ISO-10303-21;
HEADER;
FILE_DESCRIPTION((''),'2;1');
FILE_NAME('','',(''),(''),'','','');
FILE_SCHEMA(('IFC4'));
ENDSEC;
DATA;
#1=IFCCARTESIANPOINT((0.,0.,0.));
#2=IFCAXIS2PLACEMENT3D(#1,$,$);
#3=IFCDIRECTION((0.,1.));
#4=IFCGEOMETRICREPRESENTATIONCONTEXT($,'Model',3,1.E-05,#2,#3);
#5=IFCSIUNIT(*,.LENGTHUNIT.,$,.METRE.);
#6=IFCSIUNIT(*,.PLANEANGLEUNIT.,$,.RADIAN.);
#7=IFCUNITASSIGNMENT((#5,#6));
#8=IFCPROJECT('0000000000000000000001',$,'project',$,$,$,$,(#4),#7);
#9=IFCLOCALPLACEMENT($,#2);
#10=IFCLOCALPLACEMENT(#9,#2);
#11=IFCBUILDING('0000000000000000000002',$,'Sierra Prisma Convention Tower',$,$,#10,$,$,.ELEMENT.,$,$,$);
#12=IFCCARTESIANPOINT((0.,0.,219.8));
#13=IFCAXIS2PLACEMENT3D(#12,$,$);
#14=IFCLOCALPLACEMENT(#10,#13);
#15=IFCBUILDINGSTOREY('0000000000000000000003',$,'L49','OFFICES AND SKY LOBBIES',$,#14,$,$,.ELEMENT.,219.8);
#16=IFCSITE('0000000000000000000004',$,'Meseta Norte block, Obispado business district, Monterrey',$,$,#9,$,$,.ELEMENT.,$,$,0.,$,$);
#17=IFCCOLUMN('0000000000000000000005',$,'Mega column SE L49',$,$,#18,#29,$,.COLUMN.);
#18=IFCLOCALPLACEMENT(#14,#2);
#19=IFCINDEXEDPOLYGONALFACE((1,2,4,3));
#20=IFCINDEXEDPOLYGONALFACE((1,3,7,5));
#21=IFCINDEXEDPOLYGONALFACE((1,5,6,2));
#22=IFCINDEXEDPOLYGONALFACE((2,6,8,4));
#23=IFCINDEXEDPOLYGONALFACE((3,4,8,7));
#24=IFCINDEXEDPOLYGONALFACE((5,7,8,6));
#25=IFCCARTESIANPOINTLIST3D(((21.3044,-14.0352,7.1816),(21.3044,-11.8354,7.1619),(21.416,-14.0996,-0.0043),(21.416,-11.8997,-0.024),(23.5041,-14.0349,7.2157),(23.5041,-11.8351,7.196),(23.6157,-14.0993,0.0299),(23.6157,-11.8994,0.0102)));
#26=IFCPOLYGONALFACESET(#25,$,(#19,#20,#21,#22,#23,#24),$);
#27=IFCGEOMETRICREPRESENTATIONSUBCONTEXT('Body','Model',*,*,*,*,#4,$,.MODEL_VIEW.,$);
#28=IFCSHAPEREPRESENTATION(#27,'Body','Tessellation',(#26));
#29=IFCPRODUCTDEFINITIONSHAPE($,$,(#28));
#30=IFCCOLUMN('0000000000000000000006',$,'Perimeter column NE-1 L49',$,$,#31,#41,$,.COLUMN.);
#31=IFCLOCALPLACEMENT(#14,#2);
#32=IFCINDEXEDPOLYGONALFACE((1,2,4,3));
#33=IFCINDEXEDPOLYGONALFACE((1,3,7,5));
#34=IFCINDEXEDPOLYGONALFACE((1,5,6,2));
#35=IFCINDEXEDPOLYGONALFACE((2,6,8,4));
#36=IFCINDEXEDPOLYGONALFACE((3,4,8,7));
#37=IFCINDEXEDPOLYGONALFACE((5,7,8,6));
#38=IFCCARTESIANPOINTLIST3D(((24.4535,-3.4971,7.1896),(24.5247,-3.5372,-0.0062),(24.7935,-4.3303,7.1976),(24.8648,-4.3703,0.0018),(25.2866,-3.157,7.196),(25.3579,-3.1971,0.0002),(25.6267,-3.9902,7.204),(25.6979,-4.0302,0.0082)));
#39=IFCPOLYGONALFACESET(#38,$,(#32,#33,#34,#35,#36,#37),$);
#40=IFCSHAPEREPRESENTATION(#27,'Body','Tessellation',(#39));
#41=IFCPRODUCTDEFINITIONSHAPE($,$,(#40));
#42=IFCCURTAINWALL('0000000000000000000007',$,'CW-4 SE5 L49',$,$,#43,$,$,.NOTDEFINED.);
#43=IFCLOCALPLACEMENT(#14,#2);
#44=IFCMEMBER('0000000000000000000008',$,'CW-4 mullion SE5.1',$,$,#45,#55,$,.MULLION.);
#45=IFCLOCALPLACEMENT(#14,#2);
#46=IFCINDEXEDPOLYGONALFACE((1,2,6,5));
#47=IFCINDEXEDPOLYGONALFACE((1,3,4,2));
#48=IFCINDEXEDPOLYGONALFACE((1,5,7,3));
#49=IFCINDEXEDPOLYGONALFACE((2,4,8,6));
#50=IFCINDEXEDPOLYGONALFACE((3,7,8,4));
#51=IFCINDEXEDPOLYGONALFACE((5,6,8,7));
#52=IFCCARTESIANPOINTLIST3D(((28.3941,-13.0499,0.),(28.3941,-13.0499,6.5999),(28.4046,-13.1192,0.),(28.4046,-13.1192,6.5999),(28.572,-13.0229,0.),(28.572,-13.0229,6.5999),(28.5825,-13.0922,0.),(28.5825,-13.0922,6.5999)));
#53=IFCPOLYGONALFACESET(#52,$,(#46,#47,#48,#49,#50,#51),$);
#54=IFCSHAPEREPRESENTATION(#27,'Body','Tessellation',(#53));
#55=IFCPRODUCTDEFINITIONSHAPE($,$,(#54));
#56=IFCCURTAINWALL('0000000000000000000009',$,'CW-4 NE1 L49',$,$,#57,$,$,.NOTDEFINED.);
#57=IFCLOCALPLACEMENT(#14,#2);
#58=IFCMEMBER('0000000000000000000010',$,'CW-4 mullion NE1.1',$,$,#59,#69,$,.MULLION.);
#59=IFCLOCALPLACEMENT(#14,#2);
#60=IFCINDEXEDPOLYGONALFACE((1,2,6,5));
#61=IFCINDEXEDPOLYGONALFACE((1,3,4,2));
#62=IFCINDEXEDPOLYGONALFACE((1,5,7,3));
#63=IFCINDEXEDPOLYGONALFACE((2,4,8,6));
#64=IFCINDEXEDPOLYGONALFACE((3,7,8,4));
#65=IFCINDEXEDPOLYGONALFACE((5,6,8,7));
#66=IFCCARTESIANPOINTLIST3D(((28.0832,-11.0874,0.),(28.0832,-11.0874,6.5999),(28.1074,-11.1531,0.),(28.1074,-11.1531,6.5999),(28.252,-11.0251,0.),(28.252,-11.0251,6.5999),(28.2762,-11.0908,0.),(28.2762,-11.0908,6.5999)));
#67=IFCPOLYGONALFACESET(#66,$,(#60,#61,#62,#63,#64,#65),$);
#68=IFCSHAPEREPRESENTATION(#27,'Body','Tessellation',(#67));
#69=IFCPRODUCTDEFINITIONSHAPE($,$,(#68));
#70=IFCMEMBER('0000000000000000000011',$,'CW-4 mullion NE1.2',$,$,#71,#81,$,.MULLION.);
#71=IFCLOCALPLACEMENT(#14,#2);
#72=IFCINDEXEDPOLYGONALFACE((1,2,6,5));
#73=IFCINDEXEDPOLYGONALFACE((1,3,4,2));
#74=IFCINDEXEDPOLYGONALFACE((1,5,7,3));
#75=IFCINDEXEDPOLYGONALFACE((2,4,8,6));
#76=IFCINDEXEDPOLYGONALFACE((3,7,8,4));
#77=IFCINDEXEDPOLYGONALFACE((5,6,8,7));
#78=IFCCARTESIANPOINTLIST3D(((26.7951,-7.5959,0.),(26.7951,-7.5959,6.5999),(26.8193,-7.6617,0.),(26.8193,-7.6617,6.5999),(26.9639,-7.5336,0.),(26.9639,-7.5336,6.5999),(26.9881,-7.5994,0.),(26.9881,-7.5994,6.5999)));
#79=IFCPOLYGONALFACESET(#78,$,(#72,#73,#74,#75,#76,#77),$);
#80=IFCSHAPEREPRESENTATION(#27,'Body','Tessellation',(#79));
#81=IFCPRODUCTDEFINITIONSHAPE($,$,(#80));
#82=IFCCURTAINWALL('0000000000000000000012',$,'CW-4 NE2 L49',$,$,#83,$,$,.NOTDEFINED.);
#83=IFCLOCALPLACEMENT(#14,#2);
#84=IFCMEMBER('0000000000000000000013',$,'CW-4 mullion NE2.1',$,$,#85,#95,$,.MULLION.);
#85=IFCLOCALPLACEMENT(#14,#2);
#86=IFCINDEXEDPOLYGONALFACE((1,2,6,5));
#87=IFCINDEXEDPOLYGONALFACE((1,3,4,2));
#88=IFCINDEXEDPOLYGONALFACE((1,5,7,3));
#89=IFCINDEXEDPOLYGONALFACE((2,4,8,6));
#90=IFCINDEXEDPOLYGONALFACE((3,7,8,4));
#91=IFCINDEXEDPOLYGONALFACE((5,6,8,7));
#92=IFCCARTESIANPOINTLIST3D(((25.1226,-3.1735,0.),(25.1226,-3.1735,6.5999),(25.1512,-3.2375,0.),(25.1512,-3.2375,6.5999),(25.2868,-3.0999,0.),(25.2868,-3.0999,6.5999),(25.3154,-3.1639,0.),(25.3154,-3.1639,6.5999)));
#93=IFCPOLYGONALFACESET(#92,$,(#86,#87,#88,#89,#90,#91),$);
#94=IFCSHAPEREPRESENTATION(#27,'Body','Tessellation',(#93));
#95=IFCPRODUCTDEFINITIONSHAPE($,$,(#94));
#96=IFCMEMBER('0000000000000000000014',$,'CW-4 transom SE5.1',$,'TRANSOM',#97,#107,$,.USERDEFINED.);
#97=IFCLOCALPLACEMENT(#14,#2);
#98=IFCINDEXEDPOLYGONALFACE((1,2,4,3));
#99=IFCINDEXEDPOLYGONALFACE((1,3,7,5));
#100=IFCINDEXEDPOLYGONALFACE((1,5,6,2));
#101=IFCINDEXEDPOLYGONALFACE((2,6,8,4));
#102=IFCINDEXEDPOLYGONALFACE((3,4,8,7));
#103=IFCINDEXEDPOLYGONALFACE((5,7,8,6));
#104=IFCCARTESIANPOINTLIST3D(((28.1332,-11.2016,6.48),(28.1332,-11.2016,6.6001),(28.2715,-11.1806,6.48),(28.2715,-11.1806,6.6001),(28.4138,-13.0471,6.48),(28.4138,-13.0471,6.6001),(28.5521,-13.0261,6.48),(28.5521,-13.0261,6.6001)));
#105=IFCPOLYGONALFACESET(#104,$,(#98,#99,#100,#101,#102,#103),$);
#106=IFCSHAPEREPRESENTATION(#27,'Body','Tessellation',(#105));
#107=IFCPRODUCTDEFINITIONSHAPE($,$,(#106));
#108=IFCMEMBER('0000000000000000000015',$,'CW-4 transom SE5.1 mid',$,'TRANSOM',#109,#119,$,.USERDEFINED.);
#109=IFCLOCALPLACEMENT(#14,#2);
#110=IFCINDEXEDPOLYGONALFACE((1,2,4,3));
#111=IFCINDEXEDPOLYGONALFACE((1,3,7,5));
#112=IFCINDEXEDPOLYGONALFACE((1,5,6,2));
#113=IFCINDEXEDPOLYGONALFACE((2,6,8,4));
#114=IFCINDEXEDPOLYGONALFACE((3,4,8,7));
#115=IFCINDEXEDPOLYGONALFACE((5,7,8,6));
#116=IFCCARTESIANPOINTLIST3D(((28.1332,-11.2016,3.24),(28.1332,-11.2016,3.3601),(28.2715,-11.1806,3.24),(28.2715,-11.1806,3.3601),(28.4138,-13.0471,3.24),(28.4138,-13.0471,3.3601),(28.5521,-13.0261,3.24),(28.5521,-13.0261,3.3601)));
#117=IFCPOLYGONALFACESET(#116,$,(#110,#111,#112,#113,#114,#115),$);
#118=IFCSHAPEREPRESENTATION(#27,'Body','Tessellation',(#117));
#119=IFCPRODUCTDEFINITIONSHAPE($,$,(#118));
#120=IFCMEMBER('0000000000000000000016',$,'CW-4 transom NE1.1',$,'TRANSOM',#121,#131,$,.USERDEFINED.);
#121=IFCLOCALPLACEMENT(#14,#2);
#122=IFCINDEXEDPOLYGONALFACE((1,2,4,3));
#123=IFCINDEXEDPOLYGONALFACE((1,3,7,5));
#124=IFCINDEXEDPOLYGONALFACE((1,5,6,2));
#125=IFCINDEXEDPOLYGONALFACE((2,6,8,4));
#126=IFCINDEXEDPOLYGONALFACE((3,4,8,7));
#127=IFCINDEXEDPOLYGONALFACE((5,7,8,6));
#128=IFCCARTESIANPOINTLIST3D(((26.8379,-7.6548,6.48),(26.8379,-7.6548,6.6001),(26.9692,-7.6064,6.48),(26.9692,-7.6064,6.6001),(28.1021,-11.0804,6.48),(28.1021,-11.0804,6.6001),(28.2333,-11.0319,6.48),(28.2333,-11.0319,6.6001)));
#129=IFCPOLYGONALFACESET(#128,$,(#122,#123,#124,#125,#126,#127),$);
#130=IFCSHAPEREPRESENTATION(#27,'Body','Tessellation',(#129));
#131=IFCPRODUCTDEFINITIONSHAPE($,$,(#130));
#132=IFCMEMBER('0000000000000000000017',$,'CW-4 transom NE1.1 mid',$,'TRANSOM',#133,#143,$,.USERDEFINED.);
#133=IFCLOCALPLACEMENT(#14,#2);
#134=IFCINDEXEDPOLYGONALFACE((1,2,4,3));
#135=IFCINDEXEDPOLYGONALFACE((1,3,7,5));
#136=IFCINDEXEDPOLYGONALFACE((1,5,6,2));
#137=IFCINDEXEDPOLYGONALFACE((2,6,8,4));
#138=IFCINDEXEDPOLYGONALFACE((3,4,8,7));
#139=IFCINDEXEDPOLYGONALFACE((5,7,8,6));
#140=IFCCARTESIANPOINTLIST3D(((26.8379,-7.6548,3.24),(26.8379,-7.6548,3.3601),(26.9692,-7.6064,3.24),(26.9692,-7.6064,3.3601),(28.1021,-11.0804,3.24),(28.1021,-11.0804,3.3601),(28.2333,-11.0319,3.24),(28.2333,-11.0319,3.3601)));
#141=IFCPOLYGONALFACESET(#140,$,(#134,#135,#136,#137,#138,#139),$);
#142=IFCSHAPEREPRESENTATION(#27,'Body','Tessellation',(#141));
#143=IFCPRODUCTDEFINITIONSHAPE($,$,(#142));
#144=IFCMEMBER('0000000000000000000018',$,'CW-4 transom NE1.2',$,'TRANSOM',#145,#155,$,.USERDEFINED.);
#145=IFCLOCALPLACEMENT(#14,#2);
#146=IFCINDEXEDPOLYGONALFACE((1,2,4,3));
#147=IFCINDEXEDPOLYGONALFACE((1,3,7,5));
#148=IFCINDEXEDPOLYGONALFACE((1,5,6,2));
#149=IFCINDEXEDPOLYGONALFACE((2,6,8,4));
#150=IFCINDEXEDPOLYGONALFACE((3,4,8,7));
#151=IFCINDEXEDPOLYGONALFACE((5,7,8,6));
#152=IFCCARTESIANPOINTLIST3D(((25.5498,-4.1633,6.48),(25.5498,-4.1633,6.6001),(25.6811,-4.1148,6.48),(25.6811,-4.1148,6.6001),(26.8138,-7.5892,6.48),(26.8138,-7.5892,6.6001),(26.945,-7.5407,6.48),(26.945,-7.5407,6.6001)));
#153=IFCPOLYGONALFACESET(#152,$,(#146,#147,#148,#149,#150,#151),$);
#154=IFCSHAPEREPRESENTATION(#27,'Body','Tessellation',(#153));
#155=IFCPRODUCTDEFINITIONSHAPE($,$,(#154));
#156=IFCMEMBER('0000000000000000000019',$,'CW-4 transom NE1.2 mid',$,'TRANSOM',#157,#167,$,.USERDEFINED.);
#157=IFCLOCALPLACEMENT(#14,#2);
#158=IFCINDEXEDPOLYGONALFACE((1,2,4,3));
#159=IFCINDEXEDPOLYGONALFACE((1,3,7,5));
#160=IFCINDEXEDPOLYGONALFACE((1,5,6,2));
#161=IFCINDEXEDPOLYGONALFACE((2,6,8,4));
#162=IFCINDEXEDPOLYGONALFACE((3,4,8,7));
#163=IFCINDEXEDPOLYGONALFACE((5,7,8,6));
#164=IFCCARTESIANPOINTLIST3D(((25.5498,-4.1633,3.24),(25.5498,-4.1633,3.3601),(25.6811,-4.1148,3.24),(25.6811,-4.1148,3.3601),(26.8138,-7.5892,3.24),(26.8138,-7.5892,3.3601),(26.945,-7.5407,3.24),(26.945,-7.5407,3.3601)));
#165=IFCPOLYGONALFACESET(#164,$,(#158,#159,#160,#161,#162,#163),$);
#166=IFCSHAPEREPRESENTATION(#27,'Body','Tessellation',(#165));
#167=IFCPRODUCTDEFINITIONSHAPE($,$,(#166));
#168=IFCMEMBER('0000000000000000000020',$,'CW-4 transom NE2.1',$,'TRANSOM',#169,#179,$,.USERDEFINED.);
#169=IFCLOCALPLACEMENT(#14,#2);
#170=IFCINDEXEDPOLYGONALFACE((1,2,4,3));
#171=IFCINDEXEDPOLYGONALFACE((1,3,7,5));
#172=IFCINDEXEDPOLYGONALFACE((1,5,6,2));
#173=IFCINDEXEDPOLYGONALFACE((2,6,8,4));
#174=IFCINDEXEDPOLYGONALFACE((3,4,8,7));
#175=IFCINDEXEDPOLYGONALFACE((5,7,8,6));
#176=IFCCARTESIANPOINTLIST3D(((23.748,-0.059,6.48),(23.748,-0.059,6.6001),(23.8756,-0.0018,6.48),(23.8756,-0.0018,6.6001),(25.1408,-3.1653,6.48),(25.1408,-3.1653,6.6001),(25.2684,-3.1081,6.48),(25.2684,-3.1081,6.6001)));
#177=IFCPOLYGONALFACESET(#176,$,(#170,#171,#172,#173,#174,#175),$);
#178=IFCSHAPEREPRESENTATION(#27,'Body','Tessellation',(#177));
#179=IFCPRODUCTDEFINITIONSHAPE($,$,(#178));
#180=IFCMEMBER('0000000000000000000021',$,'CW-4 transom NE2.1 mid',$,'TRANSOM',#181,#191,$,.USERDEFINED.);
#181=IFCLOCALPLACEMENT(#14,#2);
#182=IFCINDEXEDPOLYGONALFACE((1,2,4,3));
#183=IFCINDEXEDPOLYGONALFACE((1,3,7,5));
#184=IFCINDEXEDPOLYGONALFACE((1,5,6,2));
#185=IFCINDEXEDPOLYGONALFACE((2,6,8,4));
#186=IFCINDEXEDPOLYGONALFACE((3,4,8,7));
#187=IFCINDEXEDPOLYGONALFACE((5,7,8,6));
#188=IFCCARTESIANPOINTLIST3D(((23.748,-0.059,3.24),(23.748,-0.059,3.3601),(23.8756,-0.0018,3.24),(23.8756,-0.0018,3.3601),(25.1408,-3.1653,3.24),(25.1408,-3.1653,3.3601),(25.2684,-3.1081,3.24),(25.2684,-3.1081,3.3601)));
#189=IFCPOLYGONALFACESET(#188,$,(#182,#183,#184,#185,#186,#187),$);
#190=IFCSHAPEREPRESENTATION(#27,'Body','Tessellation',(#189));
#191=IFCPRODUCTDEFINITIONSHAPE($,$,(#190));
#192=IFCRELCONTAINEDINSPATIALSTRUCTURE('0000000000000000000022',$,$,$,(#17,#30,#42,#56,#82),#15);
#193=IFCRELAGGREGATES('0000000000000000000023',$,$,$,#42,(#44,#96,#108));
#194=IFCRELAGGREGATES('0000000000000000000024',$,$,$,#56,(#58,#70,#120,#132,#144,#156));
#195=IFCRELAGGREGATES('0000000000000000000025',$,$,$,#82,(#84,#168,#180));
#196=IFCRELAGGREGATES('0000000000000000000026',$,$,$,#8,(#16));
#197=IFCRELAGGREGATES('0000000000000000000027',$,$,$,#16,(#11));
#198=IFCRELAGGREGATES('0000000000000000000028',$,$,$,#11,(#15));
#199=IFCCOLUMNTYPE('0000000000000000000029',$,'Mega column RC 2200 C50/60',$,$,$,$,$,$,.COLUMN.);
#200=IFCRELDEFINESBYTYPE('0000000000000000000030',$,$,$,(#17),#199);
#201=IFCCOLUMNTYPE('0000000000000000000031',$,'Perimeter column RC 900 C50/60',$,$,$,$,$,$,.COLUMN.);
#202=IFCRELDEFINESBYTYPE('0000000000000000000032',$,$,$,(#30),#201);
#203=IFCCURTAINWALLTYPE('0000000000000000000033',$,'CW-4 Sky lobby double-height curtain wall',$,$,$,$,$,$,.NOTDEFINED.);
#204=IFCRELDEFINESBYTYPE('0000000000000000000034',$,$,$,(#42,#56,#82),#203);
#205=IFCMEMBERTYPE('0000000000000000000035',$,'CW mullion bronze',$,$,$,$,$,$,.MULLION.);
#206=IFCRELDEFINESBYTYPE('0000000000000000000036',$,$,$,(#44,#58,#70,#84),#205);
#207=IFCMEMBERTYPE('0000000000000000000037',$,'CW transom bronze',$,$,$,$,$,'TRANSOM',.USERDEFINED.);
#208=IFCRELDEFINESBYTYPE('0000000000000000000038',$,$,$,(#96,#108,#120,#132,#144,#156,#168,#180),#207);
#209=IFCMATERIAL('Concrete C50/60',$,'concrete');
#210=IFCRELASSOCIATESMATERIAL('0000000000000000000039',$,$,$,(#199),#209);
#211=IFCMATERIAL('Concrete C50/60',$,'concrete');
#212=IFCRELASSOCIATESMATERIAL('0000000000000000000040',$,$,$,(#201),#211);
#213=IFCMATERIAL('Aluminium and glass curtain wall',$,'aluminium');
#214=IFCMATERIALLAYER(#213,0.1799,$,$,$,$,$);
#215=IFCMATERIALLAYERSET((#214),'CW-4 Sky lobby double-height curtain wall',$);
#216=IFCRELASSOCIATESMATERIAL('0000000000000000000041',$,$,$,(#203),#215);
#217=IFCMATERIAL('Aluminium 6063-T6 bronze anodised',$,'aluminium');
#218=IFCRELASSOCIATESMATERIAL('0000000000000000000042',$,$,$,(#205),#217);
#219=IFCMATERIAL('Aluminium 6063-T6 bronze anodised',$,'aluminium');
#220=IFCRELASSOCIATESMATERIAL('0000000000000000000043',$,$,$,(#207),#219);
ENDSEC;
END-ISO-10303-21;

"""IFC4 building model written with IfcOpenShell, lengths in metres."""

from ifc_helpers import new_model, si_unit, direction, frame, origin, origin_2d, place, context, subcontext, project, spatial, rectangle, extrude, clip, halfspace, material, layer, layer_set, material_profile, profile_set, type_object, element, aggregate, save


model = new_model("IFC4")

# Units and contexts
model_context = context("Model", 3, precision=1e-05, world=origin(), true_north=direction((0.0, 1.0)))
body_context = subcontext(model_context, "Body", "Model", "MODEL_VIEW")
ifc_project = project(units=[si_unit("LENGTHUNIT", "METRE"), si_unit("PLANEANGLEUNIT", "RADIAN")], contexts=[model_context])

# Site, building, storey
site_placement = place(None, origin())
site = spatial("IfcSite", under=ifc_project, at=site_placement, Name="Meseta Norte block, Obispado business district, Monterrey", CompositionType="ELEMENT", RefElevation=0.0)
building_placement = place(site_placement, origin())
building = spatial("IfcBuilding", under=site, at=building_placement, Name="Sierra Prisma Convention Tower", CompositionType="ELEMENT")
storey_placement = place(building_placement, frame((0.0, 0.0, 219.8)))
storey = spatial("IfcBuildingStorey", under=building, at=storey_placement, Name="L49", Description="OFFICES AND SKY LOBBIES", CompositionType="ELEMENT", Elevation=219.8)

# Columns
ifc_material_1 = material(Name="Concrete C50/60", Category="concrete")
ifc_material_profile_1 = material_profile(ifc_material_1, rectangle(XDim=2.2, YDim=2.2, at=origin_2d()), Name="Mega column RC 2200 C50/60")
ifc_profile_set_1 = profile_set([ifc_material_profile_1], Name="Concrete C50/60")
column_type_1 = type_object("IfcColumnType", Name="Mega column RC 2200 C50/60", PredefinedType="COLUMN", material=ifc_profile_set_1)
column_1_placement = place(storey_placement, frame((22.5159, -12.9995, 0.0), z_axis=(-0.015528, 0.00895, 0.999839), x_axis=(0.999879, 0.000139, 0.015527)))
element("IfcColumn", 1, at=column_1_placement, inside=storey, type_object=column_type_1, Name="Mega column SE L49", PredefinedType="COLUMN", context=body_context, shape_type="SweptSolid", body=[
    clip(clip(extrude(rectangle(XDim=2.2, YDim=2.2, at=origin_2d()), origin(), (0.0, 0.0, 1.0), 7.2012), halfspace(frame((0.0, 0.0, 0.0029)), True)), halfspace(frame((0.0, 0.0, 7.1899)), False)),
])
ifc_material_2 = material(Name="Concrete C50/60", Category="concrete")
ifc_material_profile_2 = material_profile(ifc_material_2, rectangle(XDim=0.8999, YDim=0.8999, at=origin_2d()), Name="Perimeter column RC 900 C50/60")
ifc_profile_set_2 = profile_set([ifc_material_profile_2], Name="Concrete C50/60")
column_type_2 = type_object("IfcColumnType", Name="Perimeter column RC 900 C50/60", PredefinedType="COLUMN", material=ifc_profile_set_2)
column_2_placement = place(storey_placement, frame((25.1113, -3.7837, 0.0), z_axis=(-0.009901, 0.005561, 0.999936), x_axis=(-0.377861, 0.92582, -0.00889)))
element("IfcColumn", 2, at=column_2_placement, inside=storey, type_object=column_type_2, Name="Perimeter column NE-1 L49", PredefinedType="COLUMN", context=body_context, shape_type="SweptSolid", body=[
    clip(clip(extrude(rectangle(XDim=0.8999, YDim=0.8999, at=origin_2d()), origin(), (0.0, 0.0, 1.0), 7.2004), halfspace(frame((0.0, 0.0, 0.001)), True)), halfspace(frame((0.0, 0.0, 7.1973)), False)),
])

# Curtain wall, member
ifc_material_3 = material(Name="Aluminium and glass curtain wall", Category="aluminium")
ifc_layer_1 = layer(ifc_material_3, 0.1799)
ifc_layer_set_1 = layer_set([ifc_layer_1], Name="CW-4 Sky lobby double-height curtain wall")
curtain_wall_type = type_object("IfcCurtainWallType", Name="CW-4 Sky lobby double-height curtain wall", PredefinedType="NOTDEFINED", material=ifc_layer_set_1)
curtain_wall_1_placement = place(storey_placement, origin())
curtain_wall_1 = element("IfcCurtainWall", 3, at=curtain_wall_1_placement, inside=storey, type_object=curtain_wall_type, Name="CW-4 SE5 L49", PredefinedType="NOTDEFINED")
ifc_material_4 = material(Name="Aluminium 6063-T6 bronze anodised", Category="aluminium")
ifc_material_profile_3 = material_profile(ifc_material_4, rectangle(XDim=0.1799, YDim=0.0701, at=origin_2d()), Name="ALU MULLION 70x180")
ifc_profile_set_3 = profile_set([ifc_material_profile_3], Name="Aluminium 6063-T6 bronze anodised")
member_type_1 = type_object("IfcMemberType", Name="CW mullion bronze", PredefinedType="MULLION", material=ifc_profile_set_3)
member_1_placement = place(storey_placement, frame((28.4883, -13.071, 0.0), z_axis=(0.0, 0.0, 1.0), x_axis=(-0.988644, -0.150276, 0.0)))
member_1 = element("IfcMember", 4, at=member_1_placement, type_object=member_type_1, Name="CW-4 mullion SE5.1", PredefinedType="MULLION", context=body_context, shape_type="SweptSolid", body=[
    extrude(rectangle(XDim=0.1799, YDim=0.0701, at=origin_2d()), origin(), (0.0, 0.0, 1.0), 6.5999),
])

# Curtain wall, members
curtain_wall_2_placement = place(storey_placement, origin())
curtain_wall_2 = element("IfcCurtainWall", 5, at=curtain_wall_2_placement, inside=storey, type_object=curtain_wall_type, Name="CW-4 NE1 L49", PredefinedType="NOTDEFINED")
member_2_placement = place(storey_placement, frame((28.1797, -11.0891, 0.0), z_axis=(0.0, 0.0, 1.0), x_axis=(-0.938173, -0.346167, 0.0)))
member_2 = element("IfcMember", 6, at=member_2_placement, type_object=member_type_1, Name="CW-4 mullion NE1.1", PredefinedType="MULLION", context=body_context, shape_type="SweptSolid", body=[
    extrude(rectangle(XDim=0.1799, YDim=0.0701, at=origin_2d()), origin(), (0.0, 0.0, 1.0), 6.5999),
])
member_3_placement = place(storey_placement, frame((26.8916, -7.5977, 0.0), z_axis=(0.0, 0.0, 1.0), x_axis=(-0.938173, -0.346167, 0.0)))
member_3 = element("IfcMember", 7, at=member_3_placement, type_object=member_type_1, Name="CW-4 mullion NE1.2", PredefinedType="MULLION", context=body_context, shape_type="SweptSolid", body=[
    extrude(rectangle(XDim=0.1799, YDim=0.0701, at=origin_2d()), origin(), (0.0, 0.0, 1.0), 6.5999),
])

# Curtain wall, member
curtain_wall_3_placement = place(storey_placement, origin())
curtain_wall_3 = element("IfcCurtainWall", 8, at=curtain_wall_3_placement, inside=storey, type_object=curtain_wall_type, Name="CW-4 NE2 L49", PredefinedType="NOTDEFINED")
member_4_placement = place(storey_placement, frame((25.219, -3.1687, 0.0), z_axis=(0.0, 0.0, 1.0), x_axis=(-0.912465, -0.409156, 0.0)))
member_4 = element("IfcMember", 9, at=member_4_placement, type_object=member_type_1, Name="CW-4 mullion NE2.1", PredefinedType="MULLION", context=body_context, shape_type="SweptSolid", body=[
    extrude(rectangle(XDim=0.1799, YDim=0.0701, at=origin_2d()), origin(), (0.0, 0.0, 1.0), 6.5999),
])

# Members
ifc_material_5 = material(Name="Aluminium 6063-T6 bronze anodised", Category="aluminium")
ifc_material_profile_4 = material_profile(ifc_material_5, rectangle(XDim=0.1399, YDim=0.1201, at=origin_2d()), Name="ALU TRANSOM 120x140")
ifc_profile_set_4 = profile_set([ifc_material_profile_4], Name="Aluminium 6063-T6 bronze anodised")
member_type_2 = type_object("IfcMemberType", Name="CW transom bronze", ElementType="TRANSOM", PredefinedType="USERDEFINED", material=ifc_profile_set_4)
member_5_placement = place(storey_placement, frame((28.4829, -13.0366, 6.54), z_axis=(-0.150278, 0.988644, 0.0), x_axis=(-0.988644, -0.150278, 0.0)))
member_5 = element("IfcMember", 10, at=member_5_placement, type_object=member_type_2, Name="CW-4 transom SE5.1", ObjectType="TRANSOM", PredefinedType="USERDEFINED", context=body_context, shape_type="SweptSolid", body=[
    extrude(rectangle(XDim=0.1399, YDim=0.1201, at=origin_2d()), origin(), (0.0, 0.0, 1.0), 1.8667),
])
member_6_placement = place(storey_placement, frame((28.4829, -13.0366, 3.3), z_axis=(-0.150278, 0.988644, 0.0), x_axis=(-0.988644, -0.150278, 0.0)))
member_6 = element("IfcMember", 11, at=member_6_placement, type_object=member_type_2, Name="CW-4 transom SE5.1 mid", ObjectType="TRANSOM", PredefinedType="USERDEFINED", context=body_context, shape_type="SweptSolid", body=[
    extrude(rectangle(XDim=0.1399, YDim=0.1201, at=origin_2d()), origin(), (0.0, 0.0, 1.0), 1.8667),
])
member_7_placement = place(storey_placement, frame((28.1677, -11.0562, 6.54), z_axis=(-0.346217, 0.938155, 0.0), x_axis=(-0.938155, -0.346217, 0.0)))
member_7 = element("IfcMember", 12, at=member_7_placement, type_object=member_type_2, Name="CW-4 transom NE1.1", ObjectType="TRANSOM", PredefinedType="USERDEFINED", context=body_context, shape_type="SweptSolid", body=[
    extrude(rectangle(XDim=0.1399, YDim=0.1201, at=origin_2d()), origin(), (0.0, 0.0, 1.0), 3.6514),
])
member_8_placement = place(storey_placement, frame((28.1677, -11.0562, 3.3), z_axis=(-0.346217, 0.938155, 0.0), x_axis=(-0.938155, -0.346217, 0.0)))
member_8 = element("IfcMember", 13, at=member_8_placement, type_object=member_type_2, Name="CW-4 transom NE1.1 mid", ObjectType="TRANSOM", PredefinedType="USERDEFINED", context=body_context, shape_type="SweptSolid", body=[
    extrude(rectangle(XDim=0.1399, YDim=0.1201, at=origin_2d()), origin(), (0.0, 0.0, 1.0), 3.6514),
])
member_9_placement = place(storey_placement, frame((26.8794, -7.5649, 6.54), z_axis=(-0.346136, 0.938184, 0.0), x_axis=(-0.938184, -0.346136, 0.0)))
member_9 = element("IfcMember", 14, at=member_9_placement, type_object=member_type_2, Name="CW-4 transom NE1.2", ObjectType="TRANSOM", PredefinedType="USERDEFINED", context=body_context, shape_type="SweptSolid", body=[
    extrude(rectangle(XDim=0.1399, YDim=0.1201, at=origin_2d()), origin(), (0.0, 0.0, 1.0), 3.6516),
])
member_10_placement = place(storey_placement, frame((26.8794, -7.5649, 3.3), z_axis=(-0.346136, 0.938184, 0.0), x_axis=(-0.938184, -0.346136, 0.0)))
member_10 = element("IfcMember", 15, at=member_10_placement, type_object=member_type_2, Name="CW-4 transom NE1.2 mid", ObjectType="TRANSOM", PredefinedType="USERDEFINED", context=body_context, shape_type="SweptSolid", body=[
    extrude(rectangle(XDim=0.1399, YDim=0.1201, at=origin_2d()), origin(), (0.0, 0.0, 1.0), 3.6516),
])
member_11_placement = place(storey_placement, frame((25.2046, -3.1367, 6.54), z_axis=(-0.409124, 0.912479, 0.0), x_axis=(-0.912479, -0.409124, 0.0)))
member_11 = element("IfcMember", 16, at=member_11_placement, type_object=member_type_2, Name="CW-4 transom NE2.1", ObjectType="TRANSOM", PredefinedType="USERDEFINED", context=body_context, shape_type="SweptSolid", body=[
    extrude(rectangle(XDim=0.1399, YDim=0.1201, at=origin_2d()), origin(), (0.0, 0.0, 1.0), 3.4043),
])
member_12_placement = place(storey_placement, frame((25.2046, -3.1367, 3.3), z_axis=(-0.409124, 0.912479, 0.0), x_axis=(-0.912479, -0.409124, 0.0)))
member_12 = element("IfcMember", 17, at=member_12_placement, type_object=member_type_2, Name="CW-4 transom NE2.1 mid", ObjectType="TRANSOM", PredefinedType="USERDEFINED", context=body_context, shape_type="SweptSolid", body=[
    extrude(rectangle(XDim=0.1399, YDim=0.1201, at=origin_2d()), origin(), (0.0, 0.0, 1.0), 3.4043),
])

aggregate(curtain_wall_1, [member_1, member_5, member_6])
aggregate(curtain_wall_2, [member_2, member_3, member_7, member_8, member_9, member_10])
aggregate(curtain_wall_3, [member_4, member_11, member_12])

save(model, "model.ifc")
